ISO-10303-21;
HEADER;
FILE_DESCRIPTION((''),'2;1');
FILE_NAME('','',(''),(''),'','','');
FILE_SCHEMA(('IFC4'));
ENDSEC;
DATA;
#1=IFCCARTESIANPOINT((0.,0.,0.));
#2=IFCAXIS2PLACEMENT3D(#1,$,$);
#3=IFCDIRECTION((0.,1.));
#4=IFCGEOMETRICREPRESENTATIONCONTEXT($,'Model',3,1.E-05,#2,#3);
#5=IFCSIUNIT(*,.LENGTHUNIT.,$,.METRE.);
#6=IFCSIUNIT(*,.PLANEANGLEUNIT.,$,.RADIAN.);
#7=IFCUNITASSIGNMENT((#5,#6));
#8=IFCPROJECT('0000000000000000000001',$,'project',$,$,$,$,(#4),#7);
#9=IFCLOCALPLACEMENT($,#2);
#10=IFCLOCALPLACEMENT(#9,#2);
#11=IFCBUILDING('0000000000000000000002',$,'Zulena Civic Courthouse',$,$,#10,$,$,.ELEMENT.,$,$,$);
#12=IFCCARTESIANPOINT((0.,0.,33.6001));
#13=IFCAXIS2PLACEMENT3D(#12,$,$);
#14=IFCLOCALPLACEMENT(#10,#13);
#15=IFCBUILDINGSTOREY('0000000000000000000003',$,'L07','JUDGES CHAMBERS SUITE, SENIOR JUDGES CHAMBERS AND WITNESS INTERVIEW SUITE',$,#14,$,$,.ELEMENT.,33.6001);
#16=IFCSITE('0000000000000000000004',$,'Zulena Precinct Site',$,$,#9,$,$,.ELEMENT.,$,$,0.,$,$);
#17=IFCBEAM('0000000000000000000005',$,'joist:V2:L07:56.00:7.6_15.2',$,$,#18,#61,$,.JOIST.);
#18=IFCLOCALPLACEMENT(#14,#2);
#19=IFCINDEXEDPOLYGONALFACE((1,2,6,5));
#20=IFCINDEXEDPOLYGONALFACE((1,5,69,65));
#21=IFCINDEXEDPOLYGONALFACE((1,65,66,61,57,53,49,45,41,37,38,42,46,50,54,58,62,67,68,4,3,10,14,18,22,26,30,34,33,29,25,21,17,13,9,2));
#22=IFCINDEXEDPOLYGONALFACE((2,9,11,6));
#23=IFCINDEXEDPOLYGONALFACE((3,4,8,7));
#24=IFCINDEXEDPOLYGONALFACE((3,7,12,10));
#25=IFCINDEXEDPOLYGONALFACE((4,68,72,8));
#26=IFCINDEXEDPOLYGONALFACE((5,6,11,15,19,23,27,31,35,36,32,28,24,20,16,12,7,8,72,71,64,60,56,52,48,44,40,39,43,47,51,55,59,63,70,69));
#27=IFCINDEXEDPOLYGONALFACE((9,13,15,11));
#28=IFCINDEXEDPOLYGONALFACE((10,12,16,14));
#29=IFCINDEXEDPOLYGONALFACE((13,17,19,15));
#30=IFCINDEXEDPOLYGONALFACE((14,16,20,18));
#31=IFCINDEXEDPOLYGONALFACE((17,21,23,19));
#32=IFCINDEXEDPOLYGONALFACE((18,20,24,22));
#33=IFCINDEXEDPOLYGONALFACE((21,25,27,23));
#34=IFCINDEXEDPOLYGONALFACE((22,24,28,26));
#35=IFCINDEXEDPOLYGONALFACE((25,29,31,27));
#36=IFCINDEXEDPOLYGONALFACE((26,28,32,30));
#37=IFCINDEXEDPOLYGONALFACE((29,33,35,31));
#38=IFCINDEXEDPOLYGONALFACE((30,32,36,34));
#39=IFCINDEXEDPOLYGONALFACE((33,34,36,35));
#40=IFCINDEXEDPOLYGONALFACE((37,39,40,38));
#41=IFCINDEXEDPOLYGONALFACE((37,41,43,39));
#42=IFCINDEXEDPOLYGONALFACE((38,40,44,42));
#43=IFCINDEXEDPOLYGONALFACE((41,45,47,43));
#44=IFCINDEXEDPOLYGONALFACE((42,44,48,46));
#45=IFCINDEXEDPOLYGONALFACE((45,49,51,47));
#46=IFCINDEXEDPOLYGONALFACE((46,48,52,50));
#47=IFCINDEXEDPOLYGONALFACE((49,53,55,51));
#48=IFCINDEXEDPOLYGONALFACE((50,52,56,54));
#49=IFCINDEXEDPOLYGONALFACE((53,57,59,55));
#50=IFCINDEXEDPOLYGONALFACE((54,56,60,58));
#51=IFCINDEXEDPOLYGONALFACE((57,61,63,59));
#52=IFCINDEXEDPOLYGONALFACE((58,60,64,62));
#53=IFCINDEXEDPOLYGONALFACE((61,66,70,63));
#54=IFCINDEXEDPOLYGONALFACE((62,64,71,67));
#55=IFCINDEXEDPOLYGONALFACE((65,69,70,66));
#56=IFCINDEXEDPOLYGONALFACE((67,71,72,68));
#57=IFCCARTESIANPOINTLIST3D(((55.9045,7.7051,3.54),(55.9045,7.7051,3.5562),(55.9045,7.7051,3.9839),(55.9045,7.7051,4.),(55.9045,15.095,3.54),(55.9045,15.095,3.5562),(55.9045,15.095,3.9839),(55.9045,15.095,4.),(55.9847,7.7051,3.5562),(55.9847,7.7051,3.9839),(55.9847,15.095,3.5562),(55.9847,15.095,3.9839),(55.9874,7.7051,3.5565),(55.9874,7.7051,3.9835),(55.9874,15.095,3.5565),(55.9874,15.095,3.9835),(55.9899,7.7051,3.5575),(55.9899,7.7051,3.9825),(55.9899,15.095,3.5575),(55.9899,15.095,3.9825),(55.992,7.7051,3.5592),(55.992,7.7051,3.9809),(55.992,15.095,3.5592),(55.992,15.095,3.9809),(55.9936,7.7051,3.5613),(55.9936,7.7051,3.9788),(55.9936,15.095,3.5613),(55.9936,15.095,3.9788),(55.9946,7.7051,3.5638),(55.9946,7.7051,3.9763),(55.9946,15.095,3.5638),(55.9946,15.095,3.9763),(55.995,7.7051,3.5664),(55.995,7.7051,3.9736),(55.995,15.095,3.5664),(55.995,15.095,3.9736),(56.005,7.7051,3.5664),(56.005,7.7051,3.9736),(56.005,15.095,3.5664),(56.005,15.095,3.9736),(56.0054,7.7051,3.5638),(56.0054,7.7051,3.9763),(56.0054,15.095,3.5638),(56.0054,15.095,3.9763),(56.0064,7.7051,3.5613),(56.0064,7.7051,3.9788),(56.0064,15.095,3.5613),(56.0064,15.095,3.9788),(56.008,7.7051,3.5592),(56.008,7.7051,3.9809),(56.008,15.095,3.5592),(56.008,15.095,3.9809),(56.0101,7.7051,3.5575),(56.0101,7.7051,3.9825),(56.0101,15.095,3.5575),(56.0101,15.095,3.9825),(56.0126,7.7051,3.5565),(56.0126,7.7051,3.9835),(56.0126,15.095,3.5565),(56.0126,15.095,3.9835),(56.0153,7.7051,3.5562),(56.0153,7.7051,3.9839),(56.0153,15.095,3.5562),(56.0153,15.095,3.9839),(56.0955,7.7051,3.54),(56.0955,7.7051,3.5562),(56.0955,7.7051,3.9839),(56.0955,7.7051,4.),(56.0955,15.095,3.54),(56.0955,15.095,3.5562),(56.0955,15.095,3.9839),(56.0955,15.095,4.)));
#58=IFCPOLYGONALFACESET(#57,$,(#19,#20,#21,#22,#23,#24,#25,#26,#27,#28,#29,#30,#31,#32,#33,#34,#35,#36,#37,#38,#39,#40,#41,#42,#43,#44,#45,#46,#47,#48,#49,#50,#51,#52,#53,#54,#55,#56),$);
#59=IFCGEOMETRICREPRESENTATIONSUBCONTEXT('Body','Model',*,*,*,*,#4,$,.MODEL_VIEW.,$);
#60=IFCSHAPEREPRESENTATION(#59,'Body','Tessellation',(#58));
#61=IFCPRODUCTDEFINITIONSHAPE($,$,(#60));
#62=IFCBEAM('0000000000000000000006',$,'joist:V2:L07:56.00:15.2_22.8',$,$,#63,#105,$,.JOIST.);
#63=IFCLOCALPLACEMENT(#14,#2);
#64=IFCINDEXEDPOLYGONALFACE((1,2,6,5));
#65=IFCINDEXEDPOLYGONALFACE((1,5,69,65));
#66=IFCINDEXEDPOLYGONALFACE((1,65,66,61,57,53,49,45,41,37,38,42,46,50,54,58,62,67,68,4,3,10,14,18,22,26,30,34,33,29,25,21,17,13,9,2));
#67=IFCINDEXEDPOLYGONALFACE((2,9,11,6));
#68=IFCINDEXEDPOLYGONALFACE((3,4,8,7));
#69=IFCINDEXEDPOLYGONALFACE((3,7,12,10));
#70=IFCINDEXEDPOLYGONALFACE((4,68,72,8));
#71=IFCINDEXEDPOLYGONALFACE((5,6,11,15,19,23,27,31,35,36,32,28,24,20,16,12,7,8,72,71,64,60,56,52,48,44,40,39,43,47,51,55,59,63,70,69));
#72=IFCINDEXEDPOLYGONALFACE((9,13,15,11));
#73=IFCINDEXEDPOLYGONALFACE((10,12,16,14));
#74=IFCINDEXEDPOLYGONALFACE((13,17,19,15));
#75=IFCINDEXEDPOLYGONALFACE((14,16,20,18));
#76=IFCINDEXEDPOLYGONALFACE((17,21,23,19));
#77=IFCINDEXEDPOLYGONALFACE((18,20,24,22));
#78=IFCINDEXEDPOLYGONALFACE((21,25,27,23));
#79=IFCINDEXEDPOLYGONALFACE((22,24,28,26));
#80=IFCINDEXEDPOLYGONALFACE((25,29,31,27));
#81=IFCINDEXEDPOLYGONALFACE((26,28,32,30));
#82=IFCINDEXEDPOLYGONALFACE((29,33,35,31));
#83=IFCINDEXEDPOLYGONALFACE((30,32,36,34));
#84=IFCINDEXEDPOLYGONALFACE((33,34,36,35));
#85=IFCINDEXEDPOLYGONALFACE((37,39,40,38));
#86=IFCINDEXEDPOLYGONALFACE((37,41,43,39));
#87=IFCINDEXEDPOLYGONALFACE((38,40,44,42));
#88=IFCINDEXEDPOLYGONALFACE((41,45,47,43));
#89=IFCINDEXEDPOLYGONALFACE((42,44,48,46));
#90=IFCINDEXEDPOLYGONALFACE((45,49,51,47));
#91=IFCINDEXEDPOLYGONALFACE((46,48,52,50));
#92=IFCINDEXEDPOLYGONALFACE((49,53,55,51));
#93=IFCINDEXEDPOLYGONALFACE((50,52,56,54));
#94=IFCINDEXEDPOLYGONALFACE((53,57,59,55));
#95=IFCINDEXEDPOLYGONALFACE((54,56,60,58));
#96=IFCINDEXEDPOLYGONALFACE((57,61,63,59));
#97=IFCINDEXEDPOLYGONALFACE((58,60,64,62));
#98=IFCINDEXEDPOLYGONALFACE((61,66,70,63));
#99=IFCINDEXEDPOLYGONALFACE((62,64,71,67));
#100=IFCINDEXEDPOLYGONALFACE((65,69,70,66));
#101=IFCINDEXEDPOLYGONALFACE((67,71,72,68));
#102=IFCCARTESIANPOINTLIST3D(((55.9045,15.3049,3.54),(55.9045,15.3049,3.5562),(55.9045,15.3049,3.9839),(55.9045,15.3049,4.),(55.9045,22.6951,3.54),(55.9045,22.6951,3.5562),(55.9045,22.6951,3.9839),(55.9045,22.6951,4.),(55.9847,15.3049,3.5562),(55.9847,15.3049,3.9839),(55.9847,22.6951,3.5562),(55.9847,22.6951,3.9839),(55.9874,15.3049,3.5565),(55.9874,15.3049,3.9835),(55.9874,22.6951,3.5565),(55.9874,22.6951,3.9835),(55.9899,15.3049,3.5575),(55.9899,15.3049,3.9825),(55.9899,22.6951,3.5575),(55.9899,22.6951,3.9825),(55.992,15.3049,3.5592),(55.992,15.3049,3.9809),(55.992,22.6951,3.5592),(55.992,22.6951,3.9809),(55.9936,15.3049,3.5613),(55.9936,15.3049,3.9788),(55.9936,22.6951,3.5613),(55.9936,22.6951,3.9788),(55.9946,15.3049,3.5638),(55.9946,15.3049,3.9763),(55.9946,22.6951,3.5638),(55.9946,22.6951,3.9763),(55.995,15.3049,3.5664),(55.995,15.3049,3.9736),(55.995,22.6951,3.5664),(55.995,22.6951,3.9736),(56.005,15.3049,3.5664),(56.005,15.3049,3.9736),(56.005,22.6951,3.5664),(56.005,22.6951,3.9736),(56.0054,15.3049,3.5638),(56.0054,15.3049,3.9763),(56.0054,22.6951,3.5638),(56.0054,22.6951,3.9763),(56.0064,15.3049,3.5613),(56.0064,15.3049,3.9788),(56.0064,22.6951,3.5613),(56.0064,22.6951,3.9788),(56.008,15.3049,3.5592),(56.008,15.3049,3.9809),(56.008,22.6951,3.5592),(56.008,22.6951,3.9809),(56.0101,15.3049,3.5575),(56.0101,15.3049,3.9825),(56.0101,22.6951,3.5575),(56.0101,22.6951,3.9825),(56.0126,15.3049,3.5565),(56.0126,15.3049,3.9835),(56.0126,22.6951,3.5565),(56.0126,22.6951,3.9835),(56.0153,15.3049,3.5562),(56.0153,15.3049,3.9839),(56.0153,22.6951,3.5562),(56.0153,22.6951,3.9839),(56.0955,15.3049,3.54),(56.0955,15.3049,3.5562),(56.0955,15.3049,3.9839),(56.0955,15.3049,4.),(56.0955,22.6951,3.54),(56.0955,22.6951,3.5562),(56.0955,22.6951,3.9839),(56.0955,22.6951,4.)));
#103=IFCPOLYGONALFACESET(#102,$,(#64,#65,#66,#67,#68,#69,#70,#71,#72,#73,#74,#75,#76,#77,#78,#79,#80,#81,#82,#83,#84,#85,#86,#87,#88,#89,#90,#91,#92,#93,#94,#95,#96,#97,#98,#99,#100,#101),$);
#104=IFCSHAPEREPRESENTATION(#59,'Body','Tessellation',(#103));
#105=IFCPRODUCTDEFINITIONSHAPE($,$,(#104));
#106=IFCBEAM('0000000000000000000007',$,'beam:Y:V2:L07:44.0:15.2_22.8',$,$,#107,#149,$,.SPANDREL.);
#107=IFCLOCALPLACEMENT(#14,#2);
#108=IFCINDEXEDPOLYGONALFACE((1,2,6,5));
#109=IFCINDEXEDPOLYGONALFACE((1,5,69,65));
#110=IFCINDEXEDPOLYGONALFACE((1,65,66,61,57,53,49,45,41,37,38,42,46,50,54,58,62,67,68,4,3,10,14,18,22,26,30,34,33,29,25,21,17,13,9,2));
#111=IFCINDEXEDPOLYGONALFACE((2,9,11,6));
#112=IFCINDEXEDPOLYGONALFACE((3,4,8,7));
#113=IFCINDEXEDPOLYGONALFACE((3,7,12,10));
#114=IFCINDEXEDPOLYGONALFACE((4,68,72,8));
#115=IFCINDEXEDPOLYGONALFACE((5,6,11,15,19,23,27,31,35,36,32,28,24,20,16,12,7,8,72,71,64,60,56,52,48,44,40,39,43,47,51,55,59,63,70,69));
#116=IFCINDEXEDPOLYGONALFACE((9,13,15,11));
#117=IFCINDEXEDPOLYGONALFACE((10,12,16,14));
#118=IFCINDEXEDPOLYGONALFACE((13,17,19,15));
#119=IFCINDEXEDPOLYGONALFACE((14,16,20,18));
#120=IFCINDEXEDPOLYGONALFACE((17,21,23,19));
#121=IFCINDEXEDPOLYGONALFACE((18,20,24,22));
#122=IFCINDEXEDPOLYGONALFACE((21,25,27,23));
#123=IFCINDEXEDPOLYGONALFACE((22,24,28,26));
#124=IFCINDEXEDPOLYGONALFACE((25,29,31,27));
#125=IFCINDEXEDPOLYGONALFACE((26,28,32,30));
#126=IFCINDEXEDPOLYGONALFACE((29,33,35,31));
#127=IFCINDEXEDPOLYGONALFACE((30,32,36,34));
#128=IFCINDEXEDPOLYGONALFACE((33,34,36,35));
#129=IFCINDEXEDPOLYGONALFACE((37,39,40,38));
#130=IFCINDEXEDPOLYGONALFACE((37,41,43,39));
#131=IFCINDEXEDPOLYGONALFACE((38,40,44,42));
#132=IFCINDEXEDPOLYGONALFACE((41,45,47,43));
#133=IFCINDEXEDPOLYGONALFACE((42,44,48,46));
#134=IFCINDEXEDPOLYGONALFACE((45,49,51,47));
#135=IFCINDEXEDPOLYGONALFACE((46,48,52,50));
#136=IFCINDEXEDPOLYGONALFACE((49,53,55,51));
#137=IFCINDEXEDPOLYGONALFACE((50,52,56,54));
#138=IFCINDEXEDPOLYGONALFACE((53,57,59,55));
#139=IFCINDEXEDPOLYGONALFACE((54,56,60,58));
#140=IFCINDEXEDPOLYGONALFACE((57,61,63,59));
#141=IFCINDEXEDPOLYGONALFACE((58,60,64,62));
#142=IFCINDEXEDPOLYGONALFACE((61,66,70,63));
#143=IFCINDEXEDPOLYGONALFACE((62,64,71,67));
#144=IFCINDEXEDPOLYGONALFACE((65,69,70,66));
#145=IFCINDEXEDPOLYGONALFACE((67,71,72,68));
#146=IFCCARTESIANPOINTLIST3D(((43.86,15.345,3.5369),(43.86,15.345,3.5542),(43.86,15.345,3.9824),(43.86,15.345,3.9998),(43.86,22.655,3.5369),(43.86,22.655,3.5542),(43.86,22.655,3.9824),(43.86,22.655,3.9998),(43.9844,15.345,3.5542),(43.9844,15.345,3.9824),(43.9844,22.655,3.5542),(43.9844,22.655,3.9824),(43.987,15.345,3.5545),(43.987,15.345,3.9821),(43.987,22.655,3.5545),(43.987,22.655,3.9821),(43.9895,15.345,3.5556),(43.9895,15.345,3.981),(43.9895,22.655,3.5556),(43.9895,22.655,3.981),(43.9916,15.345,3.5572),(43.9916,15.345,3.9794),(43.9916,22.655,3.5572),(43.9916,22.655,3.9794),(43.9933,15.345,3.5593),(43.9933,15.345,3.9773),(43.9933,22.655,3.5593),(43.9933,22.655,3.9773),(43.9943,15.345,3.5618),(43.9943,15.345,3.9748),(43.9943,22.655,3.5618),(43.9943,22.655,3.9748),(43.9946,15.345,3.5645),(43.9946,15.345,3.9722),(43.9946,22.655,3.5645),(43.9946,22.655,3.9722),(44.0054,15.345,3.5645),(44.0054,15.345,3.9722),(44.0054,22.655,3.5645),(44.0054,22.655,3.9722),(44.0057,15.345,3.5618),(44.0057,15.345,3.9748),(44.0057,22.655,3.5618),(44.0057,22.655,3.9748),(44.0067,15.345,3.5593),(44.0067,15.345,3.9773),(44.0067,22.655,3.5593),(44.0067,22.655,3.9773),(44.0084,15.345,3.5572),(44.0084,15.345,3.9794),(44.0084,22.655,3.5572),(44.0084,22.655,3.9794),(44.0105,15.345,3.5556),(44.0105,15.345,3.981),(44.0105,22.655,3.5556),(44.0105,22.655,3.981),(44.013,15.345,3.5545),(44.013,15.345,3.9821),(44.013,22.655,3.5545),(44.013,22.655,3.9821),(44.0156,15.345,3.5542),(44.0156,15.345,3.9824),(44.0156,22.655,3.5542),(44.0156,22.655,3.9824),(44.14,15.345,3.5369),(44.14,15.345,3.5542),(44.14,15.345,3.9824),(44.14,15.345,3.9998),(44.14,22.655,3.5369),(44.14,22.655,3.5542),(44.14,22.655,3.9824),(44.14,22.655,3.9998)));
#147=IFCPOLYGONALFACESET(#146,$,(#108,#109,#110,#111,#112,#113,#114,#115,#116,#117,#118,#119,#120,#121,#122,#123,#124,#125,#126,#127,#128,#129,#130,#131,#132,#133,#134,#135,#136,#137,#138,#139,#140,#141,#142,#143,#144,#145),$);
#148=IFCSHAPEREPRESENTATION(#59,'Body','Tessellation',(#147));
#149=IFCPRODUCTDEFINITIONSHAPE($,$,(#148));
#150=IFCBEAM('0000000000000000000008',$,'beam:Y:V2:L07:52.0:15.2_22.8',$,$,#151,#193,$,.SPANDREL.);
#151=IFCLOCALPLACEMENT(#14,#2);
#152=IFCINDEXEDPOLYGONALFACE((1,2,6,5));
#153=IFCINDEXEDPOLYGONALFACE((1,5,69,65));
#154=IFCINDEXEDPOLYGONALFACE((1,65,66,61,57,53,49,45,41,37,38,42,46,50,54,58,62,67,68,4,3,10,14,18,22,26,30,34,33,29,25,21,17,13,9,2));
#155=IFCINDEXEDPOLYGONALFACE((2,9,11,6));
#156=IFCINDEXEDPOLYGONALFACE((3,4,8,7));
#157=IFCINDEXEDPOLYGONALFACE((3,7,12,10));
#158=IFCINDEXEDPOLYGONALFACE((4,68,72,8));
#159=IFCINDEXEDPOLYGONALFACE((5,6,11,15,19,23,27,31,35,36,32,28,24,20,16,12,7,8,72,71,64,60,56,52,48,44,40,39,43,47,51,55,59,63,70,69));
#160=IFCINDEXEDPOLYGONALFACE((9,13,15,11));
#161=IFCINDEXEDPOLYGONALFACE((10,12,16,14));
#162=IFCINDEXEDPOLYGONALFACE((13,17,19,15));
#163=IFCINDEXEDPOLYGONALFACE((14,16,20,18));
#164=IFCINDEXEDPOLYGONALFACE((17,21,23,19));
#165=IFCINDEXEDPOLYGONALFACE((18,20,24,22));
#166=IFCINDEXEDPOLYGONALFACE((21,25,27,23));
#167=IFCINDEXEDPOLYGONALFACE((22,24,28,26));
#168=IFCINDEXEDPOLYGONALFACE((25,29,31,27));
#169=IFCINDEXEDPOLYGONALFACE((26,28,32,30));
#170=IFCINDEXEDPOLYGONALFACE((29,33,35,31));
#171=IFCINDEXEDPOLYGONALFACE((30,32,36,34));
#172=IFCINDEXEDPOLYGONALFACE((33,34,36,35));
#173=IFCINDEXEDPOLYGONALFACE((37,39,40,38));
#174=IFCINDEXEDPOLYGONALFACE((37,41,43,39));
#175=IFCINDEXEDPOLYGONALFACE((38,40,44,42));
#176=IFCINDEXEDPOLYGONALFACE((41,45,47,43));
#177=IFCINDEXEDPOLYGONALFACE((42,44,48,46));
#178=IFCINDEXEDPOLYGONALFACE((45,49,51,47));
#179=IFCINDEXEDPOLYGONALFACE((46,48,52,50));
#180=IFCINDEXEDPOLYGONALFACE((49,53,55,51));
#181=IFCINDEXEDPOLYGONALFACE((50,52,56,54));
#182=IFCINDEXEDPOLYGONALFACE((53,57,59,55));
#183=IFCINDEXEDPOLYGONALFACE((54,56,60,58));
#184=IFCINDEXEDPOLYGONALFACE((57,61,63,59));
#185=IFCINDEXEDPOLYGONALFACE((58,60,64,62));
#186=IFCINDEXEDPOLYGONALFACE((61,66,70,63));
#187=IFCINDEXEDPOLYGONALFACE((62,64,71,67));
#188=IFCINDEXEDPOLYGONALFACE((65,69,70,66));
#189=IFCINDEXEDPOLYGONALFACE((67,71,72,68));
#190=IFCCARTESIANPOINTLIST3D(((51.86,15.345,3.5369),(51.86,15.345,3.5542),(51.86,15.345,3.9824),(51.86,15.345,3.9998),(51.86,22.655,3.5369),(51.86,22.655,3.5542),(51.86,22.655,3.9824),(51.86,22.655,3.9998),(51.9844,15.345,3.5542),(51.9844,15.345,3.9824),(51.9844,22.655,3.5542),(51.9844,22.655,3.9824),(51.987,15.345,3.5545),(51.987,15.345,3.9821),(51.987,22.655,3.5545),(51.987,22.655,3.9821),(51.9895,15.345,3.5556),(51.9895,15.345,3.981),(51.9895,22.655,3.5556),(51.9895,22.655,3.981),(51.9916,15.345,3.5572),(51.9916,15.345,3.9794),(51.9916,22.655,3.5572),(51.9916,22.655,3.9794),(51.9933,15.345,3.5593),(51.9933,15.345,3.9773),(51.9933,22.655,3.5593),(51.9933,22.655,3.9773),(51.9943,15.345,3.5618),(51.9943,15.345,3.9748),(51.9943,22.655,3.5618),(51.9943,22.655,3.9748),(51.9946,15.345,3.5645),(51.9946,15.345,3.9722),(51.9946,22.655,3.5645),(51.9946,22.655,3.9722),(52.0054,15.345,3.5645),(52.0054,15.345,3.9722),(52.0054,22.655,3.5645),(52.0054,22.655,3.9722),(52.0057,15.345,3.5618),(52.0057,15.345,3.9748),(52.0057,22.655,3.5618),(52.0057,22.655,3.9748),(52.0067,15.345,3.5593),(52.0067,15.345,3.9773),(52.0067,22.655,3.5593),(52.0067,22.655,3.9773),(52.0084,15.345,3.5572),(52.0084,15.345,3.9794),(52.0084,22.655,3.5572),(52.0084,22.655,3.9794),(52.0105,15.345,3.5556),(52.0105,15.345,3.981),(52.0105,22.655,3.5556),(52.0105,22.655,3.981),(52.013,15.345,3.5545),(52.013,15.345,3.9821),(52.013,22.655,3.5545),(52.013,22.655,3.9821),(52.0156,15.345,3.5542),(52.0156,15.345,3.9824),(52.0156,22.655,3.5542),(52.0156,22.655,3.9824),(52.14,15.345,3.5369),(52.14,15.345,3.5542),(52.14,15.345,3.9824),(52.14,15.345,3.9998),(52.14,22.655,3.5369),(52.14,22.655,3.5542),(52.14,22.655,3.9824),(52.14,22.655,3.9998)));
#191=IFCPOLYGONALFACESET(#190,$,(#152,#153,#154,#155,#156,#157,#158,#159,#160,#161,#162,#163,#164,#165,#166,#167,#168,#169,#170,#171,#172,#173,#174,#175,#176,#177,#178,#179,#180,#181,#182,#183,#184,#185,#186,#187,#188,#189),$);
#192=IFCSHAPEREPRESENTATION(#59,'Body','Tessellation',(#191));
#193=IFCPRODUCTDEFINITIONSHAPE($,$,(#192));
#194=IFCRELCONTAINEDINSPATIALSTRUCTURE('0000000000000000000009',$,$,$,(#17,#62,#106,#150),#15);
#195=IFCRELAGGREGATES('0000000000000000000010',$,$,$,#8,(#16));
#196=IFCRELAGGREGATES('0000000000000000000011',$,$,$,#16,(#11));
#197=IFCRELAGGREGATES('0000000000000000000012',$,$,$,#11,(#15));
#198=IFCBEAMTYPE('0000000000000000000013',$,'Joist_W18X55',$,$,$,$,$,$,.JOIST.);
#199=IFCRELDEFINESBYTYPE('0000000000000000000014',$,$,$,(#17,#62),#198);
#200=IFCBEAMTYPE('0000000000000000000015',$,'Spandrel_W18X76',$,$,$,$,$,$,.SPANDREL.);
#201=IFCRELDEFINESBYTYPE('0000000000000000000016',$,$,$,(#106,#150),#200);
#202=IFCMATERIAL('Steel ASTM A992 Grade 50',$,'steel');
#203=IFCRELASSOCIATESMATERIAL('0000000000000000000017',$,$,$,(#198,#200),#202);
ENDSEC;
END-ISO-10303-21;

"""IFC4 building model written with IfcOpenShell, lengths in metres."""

from ifc_helpers import new_model, si_unit, direction, frame, origin, origin_2d, place, context, subcontext, project, spatial, i_section, extrude, material, material_profile, profile_set, type_object, element, save


model = new_model("IFC4")

# Units and contexts
model_context = context("Model", 3, precision=1e-05, world=origin(), true_north=direction((0.0, 1.0)))
body_context = subcontext(model_context, "Body", "Model", "MODEL_VIEW")
ifc_project = project(units=[si_unit("LENGTHUNIT", "METRE"), si_unit("PLANEANGLEUNIT", "RADIAN")], contexts=[model_context])

# Site, building, storey
site_placement = place(None, origin())
site = spatial("IfcSite", under=ifc_project, at=site_placement, Name="Zulena Precinct Site", CompositionType="ELEMENT", RefElevation=0.0)
building_placement = place(site_placement, origin())
building = spatial("IfcBuilding", under=site, at=building_placement, Name="Zulena Civic Courthouse", CompositionType="ELEMENT")
storey_placement = place(building_placement, frame((0.0, 0.0, 33.6001)))
storey = spatial("IfcBuildingStorey", under=building, at=storey_placement, Name="L07", Description="JUDGES CHAMBERS SUITE, SENIOR JUDGES CHAMBERS AND WITNESS INTERVIEW SUITE", CompositionType="ELEMENT", Elevation=33.6001)

# Shared definitions
ifc_material_1 = material(Name="Steel ASTM A992 Grade 50", Category="steel")

# Beams
ifc_material_profile_1 = material_profile(ifc_material_1, i_section(OverallWidth=0.1909, OverallDepth=0.46, WebThickness=0.01, FlangeThickness=0.0161, FilletRadius=0.0103, at=origin_2d()), Name="W18X55")
ifc_profile_set_1 = profile_set([ifc_material_profile_1], Name="Steel ASTM A992 Grade 50")
beam_type_1 = type_object("IfcBeamType", Name="Joist_W18X55", PredefinedType="JOIST", material=ifc_profile_set_1)
for number, where, z_axis, x_axis, name in (
    (1, (56.0, 7.7051, 3.77), (0.0, 1.0, 0.0), (-1.0, 0.0, 0.0), "joist:V2:L07:56.00:7.6_15.2"),
):
    element("IfcBeam", number, at=place(storey_placement, frame(where, z_axis=z_axis, x_axis=x_axis)), inside=storey, type_object=beam_type_1, Name=name, PredefinedType="JOIST", context=body_context, shape_type="SweptSolid", body=[
        extrude(i_section(OverallWidth=0.1909, OverallDepth=0.46, WebThickness=0.01, FlangeThickness=0.0161, FilletRadius=0.0103, at=origin_2d()), origin(), (0.0, 0.0, 1.0), 7.3899),
    ])
beam_placement = place(storey_placement, frame((56.0, 15.3049, 3.77), z_axis=(0.0, 1.0, 0.0), x_axis=(-1.0, 0.0, 0.0)))
element("IfcBeam", 2, at=beam_placement, inside=storey, type_object=beam_type_1, Name="joist:V2:L07:56.00:15.2_22.8", PredefinedType="JOIST", context=body_context, shape_type="SweptSolid", body=[
    extrude(i_section(OverallWidth=0.1909, OverallDepth=0.46, WebThickness=0.01, FlangeThickness=0.0161, FilletRadius=0.0103, at=origin_2d()), origin(), (0.0, 0.0, 1.0), 7.3901),
])
ifc_material_profile_2 = material_profile(ifc_material_1, i_section(OverallWidth=0.28, OverallDepth=0.4629, WebThickness=0.0107, FlangeThickness=0.0173, FilletRadius=0.0103, at=origin_2d()), Name="W18X76")
ifc_profile_set_2 = profile_set([ifc_material_profile_2], Name="Steel ASTM A992 Grade 50")
beam_type_2 = type_object("IfcBeamType", Name="Spandrel_W18X76", PredefinedType="SPANDREL", material=ifc_profile_set_2)
for number, where, z_axis, x_axis, name in (
    (3, (44.0, 15.345, 3.7683), (0.0, 1.0, 0.0), (-1.0, 0.0, 0.0), "beam:Y:V2:L07:44.0:15.2_22.8"),
    (4, (52.0, 15.345, 3.7683), (0.0, 1.0, 0.0), (-1.0, 0.0, 0.0), "beam:Y:V2:L07:52.0:15.2_22.8"),
):
    element("IfcBeam", number, at=place(storey_placement, frame(where, z_axis=z_axis, x_axis=x_axis)), inside=storey, type_object=beam_type_2, Name=name, PredefinedType="SPANDREL", context=body_context, shape_type="SweptSolid", body=[
        extrude(i_section(OverallWidth=0.28, OverallDepth=0.4629, WebThickness=0.0107, FlangeThickness=0.0173, FilletRadius=0.0103, at=origin_2d()), origin(), (0.0, 0.0, 1.0), 7.3101),
    ])

save(model, "model.ifc")
